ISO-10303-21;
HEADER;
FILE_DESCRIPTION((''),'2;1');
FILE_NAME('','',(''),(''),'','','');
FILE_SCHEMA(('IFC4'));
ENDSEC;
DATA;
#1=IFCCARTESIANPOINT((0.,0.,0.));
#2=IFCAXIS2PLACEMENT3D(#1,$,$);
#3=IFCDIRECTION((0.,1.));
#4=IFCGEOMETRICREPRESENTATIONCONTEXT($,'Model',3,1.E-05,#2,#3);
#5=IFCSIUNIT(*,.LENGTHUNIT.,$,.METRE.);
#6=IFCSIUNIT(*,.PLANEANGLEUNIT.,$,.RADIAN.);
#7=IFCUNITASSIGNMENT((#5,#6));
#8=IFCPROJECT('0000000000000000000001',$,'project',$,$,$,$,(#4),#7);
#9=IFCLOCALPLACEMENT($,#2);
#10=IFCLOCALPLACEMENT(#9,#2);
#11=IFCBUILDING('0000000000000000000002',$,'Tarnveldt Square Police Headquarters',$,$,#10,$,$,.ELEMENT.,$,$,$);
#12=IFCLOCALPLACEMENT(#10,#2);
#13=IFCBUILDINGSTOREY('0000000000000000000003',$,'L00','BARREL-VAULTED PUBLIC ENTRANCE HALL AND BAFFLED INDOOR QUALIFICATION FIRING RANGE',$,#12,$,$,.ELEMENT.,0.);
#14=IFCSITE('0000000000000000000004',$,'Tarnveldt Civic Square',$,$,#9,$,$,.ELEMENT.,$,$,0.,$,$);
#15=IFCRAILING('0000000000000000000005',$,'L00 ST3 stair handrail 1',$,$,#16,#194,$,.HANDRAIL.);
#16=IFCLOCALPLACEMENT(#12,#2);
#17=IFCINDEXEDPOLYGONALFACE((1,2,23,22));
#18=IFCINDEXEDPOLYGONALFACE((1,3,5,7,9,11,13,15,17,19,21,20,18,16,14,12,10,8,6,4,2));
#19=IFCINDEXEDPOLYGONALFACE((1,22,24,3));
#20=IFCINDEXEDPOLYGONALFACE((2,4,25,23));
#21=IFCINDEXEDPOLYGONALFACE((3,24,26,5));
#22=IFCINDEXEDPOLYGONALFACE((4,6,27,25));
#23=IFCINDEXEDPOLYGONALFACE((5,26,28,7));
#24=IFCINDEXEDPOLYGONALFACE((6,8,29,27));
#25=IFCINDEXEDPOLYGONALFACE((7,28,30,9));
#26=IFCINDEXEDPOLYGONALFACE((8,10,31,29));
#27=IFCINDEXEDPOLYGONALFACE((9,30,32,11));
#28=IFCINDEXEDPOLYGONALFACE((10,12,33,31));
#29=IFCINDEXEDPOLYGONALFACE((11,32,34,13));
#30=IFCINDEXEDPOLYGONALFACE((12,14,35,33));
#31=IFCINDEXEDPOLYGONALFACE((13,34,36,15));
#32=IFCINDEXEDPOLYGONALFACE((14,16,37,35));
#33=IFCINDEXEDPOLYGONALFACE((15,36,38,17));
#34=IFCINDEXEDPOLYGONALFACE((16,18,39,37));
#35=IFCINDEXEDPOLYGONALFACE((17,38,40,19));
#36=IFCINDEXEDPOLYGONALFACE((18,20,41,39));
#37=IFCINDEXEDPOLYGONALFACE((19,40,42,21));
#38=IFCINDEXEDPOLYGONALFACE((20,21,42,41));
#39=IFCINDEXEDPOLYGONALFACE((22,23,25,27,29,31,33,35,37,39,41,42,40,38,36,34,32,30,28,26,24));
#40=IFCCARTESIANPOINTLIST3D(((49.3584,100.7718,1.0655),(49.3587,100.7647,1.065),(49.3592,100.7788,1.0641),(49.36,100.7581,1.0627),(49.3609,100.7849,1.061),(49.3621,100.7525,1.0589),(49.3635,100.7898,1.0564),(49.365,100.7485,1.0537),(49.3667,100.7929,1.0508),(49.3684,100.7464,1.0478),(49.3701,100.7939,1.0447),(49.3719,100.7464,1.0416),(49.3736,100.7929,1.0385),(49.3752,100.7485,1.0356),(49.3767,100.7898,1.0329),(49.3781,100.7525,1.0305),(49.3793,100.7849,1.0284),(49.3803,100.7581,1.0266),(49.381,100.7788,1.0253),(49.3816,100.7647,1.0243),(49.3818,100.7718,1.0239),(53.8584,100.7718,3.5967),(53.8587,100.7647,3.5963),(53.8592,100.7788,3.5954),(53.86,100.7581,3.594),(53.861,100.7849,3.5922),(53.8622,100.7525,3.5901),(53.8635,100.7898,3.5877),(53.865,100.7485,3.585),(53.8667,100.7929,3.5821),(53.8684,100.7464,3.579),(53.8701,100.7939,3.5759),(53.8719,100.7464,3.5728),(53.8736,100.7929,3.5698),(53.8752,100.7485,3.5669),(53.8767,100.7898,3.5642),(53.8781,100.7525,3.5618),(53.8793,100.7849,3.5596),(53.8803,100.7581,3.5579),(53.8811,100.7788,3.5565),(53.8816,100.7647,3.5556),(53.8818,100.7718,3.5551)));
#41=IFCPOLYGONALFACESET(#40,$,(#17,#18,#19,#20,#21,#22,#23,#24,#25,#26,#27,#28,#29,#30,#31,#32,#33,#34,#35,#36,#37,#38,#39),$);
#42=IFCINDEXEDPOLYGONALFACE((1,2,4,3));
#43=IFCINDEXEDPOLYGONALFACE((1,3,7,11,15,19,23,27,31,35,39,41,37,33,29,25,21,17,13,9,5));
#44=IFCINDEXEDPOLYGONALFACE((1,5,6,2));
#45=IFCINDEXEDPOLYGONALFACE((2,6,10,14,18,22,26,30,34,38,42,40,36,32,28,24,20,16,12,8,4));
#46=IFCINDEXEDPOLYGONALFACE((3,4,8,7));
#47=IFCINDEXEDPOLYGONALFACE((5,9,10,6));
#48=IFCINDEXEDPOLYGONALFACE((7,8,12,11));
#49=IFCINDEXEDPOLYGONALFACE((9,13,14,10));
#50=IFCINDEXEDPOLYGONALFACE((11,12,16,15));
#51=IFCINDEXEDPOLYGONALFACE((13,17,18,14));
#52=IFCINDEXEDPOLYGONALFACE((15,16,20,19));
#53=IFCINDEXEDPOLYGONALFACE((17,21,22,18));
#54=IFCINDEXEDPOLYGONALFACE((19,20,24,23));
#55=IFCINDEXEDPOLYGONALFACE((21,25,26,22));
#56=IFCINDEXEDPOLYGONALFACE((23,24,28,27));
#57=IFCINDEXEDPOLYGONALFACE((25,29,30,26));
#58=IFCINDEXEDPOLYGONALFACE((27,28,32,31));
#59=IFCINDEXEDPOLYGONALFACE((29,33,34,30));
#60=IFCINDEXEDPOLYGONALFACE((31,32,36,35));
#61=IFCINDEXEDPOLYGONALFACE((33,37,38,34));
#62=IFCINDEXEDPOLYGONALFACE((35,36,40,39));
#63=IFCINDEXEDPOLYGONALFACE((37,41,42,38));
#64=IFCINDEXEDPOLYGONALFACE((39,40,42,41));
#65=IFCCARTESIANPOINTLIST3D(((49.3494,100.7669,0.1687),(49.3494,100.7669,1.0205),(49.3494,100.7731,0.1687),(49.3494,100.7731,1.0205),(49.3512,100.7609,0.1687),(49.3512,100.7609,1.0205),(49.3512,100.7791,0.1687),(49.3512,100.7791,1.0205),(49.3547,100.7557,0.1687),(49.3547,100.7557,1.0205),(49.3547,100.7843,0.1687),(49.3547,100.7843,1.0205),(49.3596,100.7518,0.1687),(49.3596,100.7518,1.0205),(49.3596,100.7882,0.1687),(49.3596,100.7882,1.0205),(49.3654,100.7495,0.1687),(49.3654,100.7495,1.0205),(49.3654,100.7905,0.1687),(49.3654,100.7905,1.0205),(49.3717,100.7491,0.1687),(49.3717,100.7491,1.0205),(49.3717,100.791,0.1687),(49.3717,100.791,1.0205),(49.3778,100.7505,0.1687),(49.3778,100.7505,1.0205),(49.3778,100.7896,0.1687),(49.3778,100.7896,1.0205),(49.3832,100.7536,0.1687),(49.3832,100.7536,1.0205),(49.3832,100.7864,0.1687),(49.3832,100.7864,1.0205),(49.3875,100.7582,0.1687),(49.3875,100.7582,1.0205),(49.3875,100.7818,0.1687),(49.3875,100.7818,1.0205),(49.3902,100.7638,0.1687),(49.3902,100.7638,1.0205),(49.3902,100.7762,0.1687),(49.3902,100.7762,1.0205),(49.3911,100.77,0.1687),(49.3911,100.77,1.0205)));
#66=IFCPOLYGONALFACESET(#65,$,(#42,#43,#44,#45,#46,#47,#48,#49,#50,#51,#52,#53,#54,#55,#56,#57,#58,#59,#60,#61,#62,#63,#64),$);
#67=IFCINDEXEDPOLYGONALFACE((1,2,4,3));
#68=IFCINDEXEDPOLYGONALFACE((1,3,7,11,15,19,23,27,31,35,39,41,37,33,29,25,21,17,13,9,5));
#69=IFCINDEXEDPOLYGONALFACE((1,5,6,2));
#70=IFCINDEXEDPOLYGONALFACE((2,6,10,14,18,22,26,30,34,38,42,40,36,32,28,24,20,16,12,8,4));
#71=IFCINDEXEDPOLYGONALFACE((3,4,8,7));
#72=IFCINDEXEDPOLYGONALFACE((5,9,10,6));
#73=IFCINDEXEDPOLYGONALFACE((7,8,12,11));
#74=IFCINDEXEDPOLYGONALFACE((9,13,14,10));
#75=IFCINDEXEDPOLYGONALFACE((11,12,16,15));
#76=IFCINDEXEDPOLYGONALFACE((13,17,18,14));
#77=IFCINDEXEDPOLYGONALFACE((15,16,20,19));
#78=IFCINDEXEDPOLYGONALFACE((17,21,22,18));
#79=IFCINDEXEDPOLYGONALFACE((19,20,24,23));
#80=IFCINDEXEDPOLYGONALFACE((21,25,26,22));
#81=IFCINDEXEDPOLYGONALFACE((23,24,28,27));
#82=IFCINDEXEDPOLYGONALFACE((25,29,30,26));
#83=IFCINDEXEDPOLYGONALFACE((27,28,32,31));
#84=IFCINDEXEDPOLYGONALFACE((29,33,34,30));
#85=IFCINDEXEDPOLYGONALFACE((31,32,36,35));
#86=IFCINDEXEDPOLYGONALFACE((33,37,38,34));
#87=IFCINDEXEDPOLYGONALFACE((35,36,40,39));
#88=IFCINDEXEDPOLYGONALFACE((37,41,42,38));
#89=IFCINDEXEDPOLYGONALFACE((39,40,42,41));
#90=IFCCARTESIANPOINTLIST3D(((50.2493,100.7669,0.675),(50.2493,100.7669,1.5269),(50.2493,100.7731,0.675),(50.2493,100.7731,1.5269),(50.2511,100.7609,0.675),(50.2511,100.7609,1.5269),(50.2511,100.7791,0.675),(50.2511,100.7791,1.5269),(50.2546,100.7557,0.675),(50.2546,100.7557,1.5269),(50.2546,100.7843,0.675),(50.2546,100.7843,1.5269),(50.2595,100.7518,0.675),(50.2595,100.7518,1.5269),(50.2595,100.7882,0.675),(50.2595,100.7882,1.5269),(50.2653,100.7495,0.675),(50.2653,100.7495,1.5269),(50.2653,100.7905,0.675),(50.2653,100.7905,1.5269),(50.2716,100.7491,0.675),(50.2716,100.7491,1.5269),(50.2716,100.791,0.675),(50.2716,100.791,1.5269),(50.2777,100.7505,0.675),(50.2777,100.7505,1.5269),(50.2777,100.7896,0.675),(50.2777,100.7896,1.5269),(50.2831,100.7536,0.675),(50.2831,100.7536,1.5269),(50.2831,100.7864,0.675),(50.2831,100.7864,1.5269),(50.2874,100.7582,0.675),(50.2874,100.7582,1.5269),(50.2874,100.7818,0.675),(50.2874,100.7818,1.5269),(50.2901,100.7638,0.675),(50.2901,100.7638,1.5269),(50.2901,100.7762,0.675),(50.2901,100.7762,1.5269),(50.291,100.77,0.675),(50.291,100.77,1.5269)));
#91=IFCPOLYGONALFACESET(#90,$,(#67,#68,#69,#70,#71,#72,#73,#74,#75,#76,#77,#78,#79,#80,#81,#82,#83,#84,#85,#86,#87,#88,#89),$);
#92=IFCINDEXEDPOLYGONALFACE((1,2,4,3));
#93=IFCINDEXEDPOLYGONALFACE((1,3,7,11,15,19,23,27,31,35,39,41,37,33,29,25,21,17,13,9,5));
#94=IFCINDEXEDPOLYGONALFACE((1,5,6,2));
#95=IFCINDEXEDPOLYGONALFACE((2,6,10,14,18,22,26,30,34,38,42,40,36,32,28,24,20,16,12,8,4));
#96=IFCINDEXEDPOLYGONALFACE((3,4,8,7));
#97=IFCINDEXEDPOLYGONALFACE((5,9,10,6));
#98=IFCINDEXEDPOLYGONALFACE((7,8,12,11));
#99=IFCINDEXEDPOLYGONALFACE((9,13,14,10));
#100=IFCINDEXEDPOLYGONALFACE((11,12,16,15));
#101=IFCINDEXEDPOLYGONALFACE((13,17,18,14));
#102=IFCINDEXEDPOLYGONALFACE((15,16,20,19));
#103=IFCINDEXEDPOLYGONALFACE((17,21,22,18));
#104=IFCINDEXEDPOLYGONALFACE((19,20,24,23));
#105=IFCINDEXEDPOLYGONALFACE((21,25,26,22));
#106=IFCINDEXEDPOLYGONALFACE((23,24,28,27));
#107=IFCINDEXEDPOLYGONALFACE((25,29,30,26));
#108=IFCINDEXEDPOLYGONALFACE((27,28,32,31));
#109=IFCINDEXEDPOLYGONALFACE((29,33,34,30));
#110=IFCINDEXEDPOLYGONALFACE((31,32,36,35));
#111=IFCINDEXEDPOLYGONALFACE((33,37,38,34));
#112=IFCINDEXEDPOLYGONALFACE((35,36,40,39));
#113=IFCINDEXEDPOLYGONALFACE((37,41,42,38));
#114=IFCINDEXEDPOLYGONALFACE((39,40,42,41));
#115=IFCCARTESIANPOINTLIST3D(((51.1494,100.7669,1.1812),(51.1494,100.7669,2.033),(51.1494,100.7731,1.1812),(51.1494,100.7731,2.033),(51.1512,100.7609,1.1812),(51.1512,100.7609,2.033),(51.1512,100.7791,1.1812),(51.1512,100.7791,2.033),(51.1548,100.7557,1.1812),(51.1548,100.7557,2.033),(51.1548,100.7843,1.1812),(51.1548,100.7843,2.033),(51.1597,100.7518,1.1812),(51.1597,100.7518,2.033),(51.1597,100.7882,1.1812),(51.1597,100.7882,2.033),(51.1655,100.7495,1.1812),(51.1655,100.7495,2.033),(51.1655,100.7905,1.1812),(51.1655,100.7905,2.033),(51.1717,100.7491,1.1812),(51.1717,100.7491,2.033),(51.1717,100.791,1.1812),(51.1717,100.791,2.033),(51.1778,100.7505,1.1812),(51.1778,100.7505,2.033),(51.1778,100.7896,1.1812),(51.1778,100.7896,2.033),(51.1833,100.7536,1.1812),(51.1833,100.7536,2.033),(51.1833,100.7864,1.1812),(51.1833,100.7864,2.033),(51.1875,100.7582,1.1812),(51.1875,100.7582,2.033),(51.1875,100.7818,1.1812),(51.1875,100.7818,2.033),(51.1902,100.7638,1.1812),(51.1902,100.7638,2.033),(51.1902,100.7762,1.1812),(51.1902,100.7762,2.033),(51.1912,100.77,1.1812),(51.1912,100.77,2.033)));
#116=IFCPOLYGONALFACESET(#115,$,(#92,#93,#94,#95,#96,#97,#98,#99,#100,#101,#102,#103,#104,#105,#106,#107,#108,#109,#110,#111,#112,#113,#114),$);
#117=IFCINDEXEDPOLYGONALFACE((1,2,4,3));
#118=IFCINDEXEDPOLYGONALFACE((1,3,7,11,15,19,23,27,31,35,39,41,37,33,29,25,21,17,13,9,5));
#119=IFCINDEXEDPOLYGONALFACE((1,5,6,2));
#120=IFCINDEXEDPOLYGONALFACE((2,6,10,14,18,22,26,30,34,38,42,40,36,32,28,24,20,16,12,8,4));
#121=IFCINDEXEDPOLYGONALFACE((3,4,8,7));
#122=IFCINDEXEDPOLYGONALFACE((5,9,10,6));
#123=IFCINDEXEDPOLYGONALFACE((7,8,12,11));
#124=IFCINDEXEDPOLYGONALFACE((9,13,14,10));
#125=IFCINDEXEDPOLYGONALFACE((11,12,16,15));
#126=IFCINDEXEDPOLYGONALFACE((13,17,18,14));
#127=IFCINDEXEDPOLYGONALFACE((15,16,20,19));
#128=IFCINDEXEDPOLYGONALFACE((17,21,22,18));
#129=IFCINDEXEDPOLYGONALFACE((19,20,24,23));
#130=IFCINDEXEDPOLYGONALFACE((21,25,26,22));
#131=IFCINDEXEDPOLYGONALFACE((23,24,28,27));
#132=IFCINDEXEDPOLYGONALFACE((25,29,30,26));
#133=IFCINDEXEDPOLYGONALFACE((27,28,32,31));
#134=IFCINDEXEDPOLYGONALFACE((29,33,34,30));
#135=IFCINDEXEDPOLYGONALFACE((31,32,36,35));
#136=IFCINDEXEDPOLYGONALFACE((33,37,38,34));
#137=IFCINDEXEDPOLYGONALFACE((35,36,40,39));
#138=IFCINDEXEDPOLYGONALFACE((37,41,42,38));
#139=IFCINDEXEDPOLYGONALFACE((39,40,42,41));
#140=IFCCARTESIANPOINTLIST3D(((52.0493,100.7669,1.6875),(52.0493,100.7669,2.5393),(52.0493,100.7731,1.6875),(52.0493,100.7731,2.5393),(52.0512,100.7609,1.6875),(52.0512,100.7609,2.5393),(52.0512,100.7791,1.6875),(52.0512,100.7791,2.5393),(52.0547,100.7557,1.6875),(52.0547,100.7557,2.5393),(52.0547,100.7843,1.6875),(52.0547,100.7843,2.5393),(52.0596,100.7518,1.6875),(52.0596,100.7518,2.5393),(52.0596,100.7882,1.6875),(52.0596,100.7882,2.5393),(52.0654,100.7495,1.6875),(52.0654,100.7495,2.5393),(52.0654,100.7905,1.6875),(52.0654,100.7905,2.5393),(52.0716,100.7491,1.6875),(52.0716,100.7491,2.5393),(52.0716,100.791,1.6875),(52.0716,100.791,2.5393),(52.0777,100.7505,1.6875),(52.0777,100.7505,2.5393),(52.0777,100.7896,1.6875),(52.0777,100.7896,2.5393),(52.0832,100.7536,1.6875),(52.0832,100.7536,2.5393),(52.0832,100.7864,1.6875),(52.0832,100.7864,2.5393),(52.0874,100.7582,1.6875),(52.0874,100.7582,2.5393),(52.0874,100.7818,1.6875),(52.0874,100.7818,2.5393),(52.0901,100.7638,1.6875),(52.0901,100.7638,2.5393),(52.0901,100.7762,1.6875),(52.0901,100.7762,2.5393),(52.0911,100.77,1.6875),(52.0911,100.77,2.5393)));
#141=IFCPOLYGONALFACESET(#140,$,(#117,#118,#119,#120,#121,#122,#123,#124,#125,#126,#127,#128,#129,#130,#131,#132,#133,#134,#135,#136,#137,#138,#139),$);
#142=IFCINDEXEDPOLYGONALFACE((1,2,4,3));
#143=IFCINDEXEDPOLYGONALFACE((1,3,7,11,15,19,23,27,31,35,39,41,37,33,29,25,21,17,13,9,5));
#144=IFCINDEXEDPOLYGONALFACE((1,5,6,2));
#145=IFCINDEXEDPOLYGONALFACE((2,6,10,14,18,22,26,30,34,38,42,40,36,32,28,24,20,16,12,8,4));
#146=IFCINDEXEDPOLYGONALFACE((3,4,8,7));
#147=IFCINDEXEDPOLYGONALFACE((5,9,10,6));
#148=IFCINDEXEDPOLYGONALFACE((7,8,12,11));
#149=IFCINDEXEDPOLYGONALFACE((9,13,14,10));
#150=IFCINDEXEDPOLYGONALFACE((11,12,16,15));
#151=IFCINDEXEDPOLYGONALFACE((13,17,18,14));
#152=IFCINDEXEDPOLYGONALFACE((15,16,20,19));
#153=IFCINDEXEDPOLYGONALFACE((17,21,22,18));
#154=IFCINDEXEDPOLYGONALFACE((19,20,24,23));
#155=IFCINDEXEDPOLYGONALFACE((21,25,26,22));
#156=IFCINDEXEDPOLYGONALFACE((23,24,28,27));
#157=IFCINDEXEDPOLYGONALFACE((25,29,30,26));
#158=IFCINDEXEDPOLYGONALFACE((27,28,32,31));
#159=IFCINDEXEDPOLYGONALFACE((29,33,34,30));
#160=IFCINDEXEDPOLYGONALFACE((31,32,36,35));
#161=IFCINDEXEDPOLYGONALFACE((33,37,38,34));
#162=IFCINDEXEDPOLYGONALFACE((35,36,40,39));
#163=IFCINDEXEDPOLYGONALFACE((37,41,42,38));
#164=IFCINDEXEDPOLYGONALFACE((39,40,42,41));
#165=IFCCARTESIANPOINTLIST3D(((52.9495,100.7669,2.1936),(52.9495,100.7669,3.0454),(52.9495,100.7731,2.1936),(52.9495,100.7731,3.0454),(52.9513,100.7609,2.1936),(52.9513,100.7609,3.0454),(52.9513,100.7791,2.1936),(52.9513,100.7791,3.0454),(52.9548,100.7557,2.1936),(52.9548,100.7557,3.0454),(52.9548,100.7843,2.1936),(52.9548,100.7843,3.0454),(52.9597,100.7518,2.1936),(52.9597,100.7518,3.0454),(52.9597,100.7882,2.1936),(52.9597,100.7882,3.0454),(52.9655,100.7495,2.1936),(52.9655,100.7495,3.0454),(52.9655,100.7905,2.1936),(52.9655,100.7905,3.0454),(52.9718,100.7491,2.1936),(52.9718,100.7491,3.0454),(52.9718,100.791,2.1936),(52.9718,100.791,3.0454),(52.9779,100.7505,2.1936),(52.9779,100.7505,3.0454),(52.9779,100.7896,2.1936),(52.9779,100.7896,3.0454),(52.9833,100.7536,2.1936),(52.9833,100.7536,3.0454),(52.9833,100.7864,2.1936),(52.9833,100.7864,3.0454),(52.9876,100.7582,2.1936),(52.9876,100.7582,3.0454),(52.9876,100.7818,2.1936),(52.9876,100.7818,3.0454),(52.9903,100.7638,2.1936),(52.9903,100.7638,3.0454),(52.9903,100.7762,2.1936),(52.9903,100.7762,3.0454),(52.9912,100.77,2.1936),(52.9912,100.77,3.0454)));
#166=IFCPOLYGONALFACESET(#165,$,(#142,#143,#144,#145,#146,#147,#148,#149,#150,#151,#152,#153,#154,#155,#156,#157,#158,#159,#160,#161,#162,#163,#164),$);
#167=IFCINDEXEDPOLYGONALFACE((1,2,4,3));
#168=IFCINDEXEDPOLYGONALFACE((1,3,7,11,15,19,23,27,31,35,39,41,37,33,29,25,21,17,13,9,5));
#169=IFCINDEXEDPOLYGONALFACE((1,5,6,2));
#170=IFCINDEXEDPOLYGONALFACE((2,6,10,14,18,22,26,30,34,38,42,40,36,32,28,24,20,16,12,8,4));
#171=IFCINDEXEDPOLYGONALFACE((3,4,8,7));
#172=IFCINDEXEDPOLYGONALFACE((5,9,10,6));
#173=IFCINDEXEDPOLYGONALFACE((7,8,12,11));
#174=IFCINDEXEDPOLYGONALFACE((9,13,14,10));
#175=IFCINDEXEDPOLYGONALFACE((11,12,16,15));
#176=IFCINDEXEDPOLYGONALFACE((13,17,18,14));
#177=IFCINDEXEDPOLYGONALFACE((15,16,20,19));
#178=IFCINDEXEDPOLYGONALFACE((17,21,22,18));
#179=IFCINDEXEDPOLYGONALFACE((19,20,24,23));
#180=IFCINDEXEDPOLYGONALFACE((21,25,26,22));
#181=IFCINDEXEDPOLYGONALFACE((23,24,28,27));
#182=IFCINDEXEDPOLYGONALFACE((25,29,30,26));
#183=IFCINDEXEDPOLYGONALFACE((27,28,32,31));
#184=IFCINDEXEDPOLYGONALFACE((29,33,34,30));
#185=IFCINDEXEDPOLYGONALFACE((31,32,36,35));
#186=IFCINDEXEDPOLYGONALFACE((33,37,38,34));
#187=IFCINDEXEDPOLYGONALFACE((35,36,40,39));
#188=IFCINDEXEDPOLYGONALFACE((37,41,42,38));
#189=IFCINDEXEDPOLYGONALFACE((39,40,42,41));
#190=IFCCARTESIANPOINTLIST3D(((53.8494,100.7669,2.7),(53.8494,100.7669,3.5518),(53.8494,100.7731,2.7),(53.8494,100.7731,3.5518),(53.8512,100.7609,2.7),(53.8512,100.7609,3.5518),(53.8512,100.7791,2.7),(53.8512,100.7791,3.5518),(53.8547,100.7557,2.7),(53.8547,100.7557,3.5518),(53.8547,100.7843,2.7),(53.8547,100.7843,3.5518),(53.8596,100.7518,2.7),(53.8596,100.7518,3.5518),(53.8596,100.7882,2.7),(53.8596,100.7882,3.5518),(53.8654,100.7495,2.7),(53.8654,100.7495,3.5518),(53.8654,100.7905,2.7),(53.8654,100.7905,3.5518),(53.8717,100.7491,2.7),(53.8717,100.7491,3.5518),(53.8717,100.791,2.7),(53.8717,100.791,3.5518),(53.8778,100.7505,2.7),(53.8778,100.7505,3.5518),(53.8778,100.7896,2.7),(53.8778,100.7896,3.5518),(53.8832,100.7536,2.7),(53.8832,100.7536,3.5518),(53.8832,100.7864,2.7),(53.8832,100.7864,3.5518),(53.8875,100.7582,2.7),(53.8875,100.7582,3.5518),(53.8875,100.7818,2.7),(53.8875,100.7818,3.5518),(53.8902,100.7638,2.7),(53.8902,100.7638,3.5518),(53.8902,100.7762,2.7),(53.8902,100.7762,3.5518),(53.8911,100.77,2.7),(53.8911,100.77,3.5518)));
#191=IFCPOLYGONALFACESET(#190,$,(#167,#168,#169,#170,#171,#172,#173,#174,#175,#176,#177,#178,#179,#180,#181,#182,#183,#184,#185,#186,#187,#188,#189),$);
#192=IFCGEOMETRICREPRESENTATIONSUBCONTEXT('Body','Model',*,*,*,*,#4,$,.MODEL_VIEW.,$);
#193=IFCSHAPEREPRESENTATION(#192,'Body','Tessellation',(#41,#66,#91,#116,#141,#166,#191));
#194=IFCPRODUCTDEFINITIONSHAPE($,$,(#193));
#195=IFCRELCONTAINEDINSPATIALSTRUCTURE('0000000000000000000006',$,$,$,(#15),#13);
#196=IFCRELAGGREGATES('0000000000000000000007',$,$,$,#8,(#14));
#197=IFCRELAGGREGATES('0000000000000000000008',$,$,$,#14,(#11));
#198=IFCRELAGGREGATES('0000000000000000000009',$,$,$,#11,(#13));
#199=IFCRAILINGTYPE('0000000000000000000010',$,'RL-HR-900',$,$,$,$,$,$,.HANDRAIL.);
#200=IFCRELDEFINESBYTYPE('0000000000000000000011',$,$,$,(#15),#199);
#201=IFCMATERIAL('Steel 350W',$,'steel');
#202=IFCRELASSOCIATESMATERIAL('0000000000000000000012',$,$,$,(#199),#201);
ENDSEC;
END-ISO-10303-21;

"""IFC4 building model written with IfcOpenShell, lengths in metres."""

from ifc_helpers import new_model, si_unit, direction, frame, origin, origin_2d, place, context, subcontext, project, spatial, circle, extrude, material, type_object, element, save


model = new_model("IFC4")

# Units and contexts
model_context = context("Model", 3, precision=1e-05, world=origin(), true_north=direction((0.0, 1.0)))
body_context = subcontext(model_context, "Body", "Model", "MODEL_VIEW")
ifc_project = project(units=[si_unit("LENGTHUNIT", "METRE"), si_unit("PLANEANGLEUNIT", "RADIAN")], contexts=[model_context])

# Site, building, storey
site_placement = place(None, origin())
site = spatial("IfcSite", under=ifc_project, at=site_placement, Name="Tarnveldt Civic Square", CompositionType="ELEMENT", RefElevation=0.0)
building_placement = place(site_placement, origin())
building = spatial("IfcBuilding", under=site, at=building_placement, Name="Tarnveldt Square Police Headquarters", CompositionType="ELEMENT")
storey_placement = place(building_placement, origin())
storey = spatial("IfcBuildingStorey", under=building, at=storey_placement, Name="L00", Description="BARREL-VAULTED PUBLIC ENTRANCE HALL AND BAFFLED INDOOR QUALIFICATION FIRING RANGE", CompositionType="ELEMENT", Elevation=0.0)

# Railing
ifc_material_1 = material(Name="Steel 350W", Category="steel")
railing_type_1 = type_object("IfcRailingType", Name="RL-HR-900", PredefinedType="HANDRAIL", material=ifc_material_1)
railing_1_placement = place(storey_placement, frame((49.3701, 100.77, 0.1687)))
element("IfcRailing", 1, at=railing_1_placement, inside=storey, type_object=railing_type_1, Name="L00 ST3 stair handrail 1", PredefinedType="HANDRAIL", context=body_context, shape_type="SweptSolid", body=[
    extrude(circle(Radius=0.0239, at=origin_2d()), frame((0.0, 0.0, 0.876), z_axis=(0.871576, 0.0, 0.490261), x_axis=(0.0, 1.0, 0.0)), (0.0, 0.0, 1.0), 5.1631),
    extrude(circle(Radius=0.021, at=origin_2d()), origin(), (0.0, 0.0, 1.0), 0.8518),
    extrude(circle(Radius=0.021, at=origin_2d()), frame((0.8999, 0.0, 0.5063)), (0.0, 0.0, 1.0), 0.8518),
    extrude(circle(Radius=0.021, at=origin_2d()), frame((1.8, 0.0, 1.0125)), (0.0, 0.0, 1.0), 0.8518),
    extrude(circle(Radius=0.021, at=origin_2d()), frame((2.7, 0.0, 1.5188)), (0.0, 0.0, 1.0), 0.8518),
    extrude(circle(Radius=0.021, at=origin_2d()), frame((3.6001, 0.0, 2.0249)), (0.0, 0.0, 1.0), 0.8518),
    extrude(circle(Radius=0.021, at=origin_2d()), frame((4.5, 0.0, 2.5312)), (0.0, 0.0, 1.0), 0.8518),
])

save(model, "model.ifc")
